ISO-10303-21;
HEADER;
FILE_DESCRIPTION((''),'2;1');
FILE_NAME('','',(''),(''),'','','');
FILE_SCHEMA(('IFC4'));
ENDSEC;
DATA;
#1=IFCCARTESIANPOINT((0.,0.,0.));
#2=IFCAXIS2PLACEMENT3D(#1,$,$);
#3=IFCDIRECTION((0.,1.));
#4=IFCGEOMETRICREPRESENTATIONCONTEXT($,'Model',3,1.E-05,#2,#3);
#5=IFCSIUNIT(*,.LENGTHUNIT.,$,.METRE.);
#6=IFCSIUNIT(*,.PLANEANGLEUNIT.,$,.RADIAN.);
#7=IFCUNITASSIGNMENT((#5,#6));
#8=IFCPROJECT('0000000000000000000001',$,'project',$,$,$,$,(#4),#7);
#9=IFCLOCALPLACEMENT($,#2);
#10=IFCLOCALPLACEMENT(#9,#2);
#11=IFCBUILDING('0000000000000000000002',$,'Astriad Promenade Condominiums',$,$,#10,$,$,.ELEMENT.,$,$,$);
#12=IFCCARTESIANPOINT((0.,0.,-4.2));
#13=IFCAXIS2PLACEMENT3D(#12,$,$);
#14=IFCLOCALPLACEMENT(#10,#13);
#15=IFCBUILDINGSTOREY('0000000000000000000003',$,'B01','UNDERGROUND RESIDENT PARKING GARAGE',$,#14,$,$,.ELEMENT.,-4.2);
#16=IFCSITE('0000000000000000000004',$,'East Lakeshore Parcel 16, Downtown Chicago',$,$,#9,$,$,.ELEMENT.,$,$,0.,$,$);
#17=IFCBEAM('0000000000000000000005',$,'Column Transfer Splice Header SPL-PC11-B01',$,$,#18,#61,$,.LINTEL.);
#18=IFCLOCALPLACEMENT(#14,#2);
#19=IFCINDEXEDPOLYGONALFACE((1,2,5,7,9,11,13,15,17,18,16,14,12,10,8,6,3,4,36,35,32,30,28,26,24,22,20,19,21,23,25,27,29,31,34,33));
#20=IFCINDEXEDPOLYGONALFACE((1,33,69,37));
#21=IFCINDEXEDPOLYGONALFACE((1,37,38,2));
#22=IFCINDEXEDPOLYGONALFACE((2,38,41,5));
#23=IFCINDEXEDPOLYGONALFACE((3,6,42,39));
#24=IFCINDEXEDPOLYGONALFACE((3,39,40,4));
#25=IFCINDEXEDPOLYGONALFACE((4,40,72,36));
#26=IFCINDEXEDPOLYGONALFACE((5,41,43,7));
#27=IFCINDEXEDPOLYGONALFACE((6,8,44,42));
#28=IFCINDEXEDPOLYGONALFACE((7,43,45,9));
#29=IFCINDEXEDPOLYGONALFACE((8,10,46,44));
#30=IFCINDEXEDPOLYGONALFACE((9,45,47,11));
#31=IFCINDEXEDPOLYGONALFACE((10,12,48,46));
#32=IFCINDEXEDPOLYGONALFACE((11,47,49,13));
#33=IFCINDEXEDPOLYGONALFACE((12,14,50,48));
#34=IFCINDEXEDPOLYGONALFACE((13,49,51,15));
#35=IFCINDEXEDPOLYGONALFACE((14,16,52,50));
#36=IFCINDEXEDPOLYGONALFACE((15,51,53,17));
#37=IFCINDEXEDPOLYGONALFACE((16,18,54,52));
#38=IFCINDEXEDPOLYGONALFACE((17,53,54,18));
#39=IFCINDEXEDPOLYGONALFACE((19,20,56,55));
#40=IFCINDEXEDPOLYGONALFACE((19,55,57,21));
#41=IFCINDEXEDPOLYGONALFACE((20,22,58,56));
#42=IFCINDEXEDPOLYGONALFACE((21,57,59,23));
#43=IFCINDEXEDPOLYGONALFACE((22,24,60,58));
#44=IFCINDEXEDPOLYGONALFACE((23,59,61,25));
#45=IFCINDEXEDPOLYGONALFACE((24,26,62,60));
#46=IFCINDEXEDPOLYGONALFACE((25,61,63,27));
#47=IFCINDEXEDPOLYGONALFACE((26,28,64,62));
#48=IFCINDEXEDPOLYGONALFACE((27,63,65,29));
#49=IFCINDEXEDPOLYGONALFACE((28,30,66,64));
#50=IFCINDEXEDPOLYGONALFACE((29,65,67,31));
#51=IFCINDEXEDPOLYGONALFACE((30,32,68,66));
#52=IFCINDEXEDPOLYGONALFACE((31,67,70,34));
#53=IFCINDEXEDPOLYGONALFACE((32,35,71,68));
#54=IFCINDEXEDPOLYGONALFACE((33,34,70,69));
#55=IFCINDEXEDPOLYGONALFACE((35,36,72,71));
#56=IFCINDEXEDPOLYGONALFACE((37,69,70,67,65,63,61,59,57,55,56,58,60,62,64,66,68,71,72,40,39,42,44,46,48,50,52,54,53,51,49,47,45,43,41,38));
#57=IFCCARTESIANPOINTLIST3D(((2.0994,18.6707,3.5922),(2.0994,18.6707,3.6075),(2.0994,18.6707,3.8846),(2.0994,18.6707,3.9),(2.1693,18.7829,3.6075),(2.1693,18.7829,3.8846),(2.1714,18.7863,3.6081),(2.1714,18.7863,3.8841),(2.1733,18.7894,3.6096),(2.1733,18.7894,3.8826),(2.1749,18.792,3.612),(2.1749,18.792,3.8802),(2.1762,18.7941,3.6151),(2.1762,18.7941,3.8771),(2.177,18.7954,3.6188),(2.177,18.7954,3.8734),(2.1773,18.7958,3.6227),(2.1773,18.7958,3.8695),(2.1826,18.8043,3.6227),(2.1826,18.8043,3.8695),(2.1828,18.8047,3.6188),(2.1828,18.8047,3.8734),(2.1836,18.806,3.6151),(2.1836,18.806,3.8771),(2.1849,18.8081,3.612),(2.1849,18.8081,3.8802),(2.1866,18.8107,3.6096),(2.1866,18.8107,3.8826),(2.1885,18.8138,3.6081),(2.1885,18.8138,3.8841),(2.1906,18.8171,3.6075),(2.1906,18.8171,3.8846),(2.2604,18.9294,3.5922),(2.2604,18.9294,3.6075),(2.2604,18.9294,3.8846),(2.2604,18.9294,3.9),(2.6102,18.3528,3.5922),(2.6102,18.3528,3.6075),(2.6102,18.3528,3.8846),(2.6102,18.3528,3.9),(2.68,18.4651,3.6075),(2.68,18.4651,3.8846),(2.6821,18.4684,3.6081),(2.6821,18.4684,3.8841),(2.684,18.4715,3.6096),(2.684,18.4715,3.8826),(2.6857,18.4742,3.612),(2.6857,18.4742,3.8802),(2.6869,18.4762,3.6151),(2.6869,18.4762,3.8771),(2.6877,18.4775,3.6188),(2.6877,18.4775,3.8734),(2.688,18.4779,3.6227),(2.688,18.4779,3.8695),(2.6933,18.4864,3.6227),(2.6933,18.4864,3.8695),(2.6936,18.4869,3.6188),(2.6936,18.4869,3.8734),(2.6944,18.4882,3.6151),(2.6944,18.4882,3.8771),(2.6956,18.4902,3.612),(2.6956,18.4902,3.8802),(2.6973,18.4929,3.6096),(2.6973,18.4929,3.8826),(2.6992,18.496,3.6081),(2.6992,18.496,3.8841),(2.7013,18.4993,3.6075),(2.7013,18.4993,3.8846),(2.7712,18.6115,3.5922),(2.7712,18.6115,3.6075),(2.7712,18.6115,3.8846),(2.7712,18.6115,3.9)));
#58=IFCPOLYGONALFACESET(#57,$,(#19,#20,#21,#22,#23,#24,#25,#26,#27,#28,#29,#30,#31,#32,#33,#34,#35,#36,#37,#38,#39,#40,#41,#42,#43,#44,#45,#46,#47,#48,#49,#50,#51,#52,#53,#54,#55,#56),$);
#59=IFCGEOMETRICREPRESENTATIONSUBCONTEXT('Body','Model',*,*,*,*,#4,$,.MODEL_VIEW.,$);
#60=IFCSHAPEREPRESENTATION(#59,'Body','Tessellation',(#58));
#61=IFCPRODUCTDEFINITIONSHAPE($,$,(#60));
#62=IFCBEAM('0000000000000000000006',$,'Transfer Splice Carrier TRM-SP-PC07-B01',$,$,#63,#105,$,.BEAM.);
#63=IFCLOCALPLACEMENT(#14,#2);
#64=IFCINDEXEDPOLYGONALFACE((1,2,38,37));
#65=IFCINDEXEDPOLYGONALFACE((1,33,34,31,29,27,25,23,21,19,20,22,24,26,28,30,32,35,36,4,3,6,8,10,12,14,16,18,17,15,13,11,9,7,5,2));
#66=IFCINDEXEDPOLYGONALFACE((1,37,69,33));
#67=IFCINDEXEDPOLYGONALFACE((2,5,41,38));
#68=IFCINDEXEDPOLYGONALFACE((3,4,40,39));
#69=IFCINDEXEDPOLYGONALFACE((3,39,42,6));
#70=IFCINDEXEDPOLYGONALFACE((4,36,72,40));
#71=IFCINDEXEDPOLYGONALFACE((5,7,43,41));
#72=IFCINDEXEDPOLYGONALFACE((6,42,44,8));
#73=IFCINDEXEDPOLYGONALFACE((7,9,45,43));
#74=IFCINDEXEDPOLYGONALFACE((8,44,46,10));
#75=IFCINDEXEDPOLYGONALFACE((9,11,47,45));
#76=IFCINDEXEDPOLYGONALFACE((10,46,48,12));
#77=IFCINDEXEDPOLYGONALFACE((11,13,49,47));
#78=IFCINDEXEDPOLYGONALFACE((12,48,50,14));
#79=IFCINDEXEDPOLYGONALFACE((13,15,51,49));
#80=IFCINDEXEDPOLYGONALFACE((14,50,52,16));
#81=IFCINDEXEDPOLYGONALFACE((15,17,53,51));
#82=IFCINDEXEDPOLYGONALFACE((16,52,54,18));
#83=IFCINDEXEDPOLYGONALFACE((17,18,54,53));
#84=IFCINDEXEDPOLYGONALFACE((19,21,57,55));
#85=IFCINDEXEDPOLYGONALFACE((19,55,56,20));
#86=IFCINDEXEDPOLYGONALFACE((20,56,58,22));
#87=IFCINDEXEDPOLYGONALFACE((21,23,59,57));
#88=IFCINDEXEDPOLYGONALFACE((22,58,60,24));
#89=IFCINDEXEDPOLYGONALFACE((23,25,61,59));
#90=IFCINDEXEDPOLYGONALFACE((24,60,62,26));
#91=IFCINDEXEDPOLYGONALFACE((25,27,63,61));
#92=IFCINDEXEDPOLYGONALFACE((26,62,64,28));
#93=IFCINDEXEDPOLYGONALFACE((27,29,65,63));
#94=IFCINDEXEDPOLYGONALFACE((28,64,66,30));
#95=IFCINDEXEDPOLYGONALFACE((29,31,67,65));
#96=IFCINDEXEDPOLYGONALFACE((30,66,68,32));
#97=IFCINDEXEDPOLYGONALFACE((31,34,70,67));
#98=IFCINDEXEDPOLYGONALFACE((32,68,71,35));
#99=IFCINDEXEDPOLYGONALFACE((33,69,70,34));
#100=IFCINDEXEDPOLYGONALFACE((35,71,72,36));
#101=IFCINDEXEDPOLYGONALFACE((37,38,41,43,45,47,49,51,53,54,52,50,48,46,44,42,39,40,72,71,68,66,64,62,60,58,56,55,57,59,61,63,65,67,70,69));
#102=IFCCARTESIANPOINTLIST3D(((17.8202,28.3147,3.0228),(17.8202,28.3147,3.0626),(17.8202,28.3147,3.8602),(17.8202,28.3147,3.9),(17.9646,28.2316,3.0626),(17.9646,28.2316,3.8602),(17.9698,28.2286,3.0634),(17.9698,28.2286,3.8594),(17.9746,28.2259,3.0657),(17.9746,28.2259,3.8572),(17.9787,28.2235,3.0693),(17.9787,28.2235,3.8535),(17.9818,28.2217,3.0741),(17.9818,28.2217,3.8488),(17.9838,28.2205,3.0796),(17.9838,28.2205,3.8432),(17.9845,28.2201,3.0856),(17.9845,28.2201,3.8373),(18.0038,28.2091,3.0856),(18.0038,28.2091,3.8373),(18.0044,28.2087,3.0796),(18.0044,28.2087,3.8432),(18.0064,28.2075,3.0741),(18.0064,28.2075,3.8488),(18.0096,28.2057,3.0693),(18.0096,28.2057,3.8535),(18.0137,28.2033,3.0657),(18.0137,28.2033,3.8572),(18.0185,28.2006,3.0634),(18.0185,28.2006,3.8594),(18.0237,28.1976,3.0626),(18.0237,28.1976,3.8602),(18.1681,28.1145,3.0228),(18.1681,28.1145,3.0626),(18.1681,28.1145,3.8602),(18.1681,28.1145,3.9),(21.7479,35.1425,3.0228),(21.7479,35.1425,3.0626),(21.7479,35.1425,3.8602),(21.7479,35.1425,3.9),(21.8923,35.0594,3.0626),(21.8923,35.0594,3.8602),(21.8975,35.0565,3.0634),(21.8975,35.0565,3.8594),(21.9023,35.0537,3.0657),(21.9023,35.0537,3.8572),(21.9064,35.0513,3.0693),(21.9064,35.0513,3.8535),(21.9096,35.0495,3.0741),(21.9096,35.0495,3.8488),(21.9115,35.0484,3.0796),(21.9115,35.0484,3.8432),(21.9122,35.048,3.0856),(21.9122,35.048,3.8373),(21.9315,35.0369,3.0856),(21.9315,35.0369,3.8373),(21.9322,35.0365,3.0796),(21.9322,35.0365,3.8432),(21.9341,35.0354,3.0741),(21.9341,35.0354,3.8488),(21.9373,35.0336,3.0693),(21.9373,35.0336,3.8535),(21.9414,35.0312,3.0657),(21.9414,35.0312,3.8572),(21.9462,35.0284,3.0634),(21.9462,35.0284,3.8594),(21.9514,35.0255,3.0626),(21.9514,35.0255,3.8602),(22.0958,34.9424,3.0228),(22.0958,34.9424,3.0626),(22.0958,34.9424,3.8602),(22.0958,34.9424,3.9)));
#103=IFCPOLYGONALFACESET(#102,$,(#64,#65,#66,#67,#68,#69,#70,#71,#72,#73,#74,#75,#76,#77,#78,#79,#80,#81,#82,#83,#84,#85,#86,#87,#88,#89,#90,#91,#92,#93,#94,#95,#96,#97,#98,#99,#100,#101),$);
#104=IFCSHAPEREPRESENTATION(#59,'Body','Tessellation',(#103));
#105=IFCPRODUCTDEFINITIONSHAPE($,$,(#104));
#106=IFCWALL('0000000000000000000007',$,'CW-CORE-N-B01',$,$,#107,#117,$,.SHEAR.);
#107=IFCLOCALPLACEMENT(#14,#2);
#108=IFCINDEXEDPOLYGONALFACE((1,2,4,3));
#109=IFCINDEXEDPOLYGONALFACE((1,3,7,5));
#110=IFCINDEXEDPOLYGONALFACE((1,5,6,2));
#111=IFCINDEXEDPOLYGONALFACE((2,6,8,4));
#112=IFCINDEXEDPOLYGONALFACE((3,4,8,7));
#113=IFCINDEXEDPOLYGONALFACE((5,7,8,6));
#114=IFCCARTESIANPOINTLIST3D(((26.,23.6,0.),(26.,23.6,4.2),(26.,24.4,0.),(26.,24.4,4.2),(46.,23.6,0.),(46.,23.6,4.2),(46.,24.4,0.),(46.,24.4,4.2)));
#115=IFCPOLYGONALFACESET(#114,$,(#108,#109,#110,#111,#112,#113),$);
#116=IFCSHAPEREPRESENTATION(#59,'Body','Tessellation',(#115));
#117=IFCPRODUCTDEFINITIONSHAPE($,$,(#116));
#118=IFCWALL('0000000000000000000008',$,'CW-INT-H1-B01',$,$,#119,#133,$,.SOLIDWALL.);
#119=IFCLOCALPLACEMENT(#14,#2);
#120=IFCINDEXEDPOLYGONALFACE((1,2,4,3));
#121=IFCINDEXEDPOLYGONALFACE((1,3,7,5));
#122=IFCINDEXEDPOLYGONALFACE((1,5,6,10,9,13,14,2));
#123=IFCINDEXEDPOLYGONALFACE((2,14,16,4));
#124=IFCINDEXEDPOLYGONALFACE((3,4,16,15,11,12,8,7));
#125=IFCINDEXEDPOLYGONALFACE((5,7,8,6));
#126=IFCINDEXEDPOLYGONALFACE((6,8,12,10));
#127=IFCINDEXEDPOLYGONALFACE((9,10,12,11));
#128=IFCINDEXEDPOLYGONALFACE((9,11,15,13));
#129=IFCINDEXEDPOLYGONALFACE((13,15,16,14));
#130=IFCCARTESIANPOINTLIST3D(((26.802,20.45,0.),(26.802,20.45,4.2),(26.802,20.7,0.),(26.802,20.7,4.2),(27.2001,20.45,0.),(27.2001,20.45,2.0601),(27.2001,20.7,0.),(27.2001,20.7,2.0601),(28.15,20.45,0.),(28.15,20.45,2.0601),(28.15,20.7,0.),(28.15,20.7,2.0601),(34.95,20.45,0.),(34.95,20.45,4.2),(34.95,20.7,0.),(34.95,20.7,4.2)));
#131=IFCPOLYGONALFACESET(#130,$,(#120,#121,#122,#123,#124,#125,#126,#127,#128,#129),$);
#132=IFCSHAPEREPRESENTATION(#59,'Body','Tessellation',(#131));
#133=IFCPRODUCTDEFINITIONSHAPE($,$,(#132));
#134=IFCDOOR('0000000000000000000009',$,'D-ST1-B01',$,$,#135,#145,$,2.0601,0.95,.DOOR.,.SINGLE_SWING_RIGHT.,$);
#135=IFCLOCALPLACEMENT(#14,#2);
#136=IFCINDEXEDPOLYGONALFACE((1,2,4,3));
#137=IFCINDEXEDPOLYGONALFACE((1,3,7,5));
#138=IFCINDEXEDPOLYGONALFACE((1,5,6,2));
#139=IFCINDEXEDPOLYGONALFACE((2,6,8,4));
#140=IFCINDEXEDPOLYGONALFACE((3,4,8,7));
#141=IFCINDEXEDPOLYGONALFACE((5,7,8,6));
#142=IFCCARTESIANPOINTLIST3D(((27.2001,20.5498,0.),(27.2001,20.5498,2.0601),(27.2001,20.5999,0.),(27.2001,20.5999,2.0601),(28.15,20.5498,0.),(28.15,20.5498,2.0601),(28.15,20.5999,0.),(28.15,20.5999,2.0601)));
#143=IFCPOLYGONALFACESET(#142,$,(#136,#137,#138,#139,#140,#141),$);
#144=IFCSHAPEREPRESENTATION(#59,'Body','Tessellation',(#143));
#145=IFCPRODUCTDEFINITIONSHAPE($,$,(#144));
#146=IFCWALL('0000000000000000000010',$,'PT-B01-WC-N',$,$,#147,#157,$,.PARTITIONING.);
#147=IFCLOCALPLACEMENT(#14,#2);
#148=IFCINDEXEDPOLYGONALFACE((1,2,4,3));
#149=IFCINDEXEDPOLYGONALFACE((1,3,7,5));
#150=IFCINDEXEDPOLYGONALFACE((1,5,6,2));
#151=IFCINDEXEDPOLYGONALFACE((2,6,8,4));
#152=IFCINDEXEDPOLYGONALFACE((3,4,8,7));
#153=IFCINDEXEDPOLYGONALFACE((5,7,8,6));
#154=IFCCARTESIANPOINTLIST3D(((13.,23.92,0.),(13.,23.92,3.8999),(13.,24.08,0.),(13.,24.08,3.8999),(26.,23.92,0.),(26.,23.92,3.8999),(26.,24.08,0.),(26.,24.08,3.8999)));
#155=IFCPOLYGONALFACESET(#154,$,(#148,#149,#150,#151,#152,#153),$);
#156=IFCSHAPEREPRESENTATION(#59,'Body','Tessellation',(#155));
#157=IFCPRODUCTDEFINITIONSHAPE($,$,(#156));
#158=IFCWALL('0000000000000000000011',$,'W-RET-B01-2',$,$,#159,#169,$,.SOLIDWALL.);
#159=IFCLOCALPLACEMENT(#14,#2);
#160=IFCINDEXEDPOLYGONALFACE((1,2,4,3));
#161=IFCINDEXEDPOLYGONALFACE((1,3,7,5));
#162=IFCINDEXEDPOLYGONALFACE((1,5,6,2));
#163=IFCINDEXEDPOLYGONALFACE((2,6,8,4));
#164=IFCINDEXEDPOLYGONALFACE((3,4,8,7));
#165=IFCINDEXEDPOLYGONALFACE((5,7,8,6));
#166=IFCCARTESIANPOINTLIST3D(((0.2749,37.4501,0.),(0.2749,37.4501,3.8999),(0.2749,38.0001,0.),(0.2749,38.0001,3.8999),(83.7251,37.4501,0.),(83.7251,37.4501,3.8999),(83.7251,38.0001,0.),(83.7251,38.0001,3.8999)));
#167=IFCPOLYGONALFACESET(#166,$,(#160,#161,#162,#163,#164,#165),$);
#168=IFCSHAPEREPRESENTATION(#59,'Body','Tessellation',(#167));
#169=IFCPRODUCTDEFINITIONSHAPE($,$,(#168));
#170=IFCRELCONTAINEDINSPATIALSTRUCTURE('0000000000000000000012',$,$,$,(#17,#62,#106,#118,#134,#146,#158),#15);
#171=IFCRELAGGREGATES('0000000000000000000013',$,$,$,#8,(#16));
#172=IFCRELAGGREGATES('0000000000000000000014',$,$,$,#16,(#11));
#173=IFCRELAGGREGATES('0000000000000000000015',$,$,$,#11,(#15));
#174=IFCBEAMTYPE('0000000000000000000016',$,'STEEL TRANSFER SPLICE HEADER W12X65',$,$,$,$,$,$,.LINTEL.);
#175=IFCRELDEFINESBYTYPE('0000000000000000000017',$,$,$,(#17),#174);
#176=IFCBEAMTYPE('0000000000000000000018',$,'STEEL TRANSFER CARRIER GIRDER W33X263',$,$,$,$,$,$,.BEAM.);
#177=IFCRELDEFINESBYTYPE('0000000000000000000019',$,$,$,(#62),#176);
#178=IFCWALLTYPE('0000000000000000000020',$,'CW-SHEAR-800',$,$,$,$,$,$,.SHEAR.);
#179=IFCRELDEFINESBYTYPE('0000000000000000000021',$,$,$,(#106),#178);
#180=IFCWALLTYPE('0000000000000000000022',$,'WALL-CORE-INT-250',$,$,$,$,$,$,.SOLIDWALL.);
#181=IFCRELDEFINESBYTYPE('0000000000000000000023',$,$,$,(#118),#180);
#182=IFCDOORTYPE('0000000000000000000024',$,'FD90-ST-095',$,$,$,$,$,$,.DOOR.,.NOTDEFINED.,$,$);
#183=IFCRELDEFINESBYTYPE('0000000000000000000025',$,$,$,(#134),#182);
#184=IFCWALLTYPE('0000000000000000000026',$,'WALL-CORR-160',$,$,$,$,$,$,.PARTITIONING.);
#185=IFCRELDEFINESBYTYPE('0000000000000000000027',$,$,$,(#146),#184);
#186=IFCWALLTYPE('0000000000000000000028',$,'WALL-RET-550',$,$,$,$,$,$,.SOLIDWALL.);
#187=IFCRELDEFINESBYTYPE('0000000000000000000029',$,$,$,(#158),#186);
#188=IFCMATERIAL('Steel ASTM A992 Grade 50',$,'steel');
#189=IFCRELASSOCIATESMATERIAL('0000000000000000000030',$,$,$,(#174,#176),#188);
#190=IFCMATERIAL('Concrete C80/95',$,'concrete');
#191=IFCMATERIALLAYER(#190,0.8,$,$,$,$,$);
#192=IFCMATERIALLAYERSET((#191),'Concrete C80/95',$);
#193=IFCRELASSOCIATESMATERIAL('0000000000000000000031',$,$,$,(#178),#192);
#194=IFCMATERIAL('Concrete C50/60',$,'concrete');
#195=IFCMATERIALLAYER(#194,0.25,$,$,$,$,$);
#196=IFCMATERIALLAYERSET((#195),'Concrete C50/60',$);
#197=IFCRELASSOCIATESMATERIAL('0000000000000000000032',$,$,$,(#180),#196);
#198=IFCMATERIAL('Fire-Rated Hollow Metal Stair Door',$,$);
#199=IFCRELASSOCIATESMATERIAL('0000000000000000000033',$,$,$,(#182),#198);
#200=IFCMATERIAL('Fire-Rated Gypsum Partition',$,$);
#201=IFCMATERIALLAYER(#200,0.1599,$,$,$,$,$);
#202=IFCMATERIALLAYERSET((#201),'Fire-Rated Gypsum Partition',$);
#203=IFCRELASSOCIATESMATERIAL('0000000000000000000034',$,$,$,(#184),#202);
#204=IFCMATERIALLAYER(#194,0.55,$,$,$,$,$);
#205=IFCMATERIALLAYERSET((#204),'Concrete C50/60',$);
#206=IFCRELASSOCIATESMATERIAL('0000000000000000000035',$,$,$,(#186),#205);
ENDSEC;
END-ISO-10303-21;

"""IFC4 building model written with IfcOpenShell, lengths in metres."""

from ifc_helpers import new_model, si_unit, direction, frame, frame_2d, origin, origin_2d, place, context, subcontext, project, spatial, rectangle, i_section, extrude, source, transform, mapped, material, layer, layer_set, material_profile, profile_set, type_object, type_shapes, element, fill, save


model = new_model("IFC4")

# Units and contexts
model_context = context("Model", 3, precision=1e-05, world=origin(), true_north=direction((0.0, 1.0)))
body_context = subcontext(model_context, "Body", "Model", "MODEL_VIEW")
ifc_project = project(units=[si_unit("LENGTHUNIT", "METRE"), si_unit("PLANEANGLEUNIT", "RADIAN")], contexts=[model_context])

# Site, building, storey
site_placement = place(None, origin())
site = spatial("IfcSite", under=ifc_project, at=site_placement, Name="East Lakeshore Parcel 16, Downtown Chicago", CompositionType="ELEMENT", RefElevation=0.0)
building_placement = place(site_placement, origin())
building = spatial("IfcBuilding", under=site, at=building_placement, Name="Astriad Promenade Condominiums", CompositionType="ELEMENT")
storey_placement = place(building_placement, frame((0.0, 0.0, -4.2)))
storey = spatial("IfcBuildingStorey", under=building, at=storey_placement, Name="B01", Description="UNDERGROUND RESIDENT PARKING GARAGE", CompositionType="ELEMENT", Elevation=-4.2)

# Shared definitions
ifc_material_1 = material(Name="Steel ASTM A992 Grade 50", Category="steel")
ifc_material_2 = material(Name="Concrete C80/95", Category="concrete")

# Beams
ifc_material_3 = material(Name="Concrete C50/60", Category="concrete")
ifc_material_profile_1 = material_profile(ifc_material_1, i_section(OverallWidth=0.3047, OverallDepth=0.3079, WebThickness=0.01, FlangeThickness=0.0154, FilletRadius=0.0151, at=origin_2d()), Name="W12X65")
ifc_profile_set_1 = profile_set([ifc_material_profile_1], Name="Steel ASTM A992 Grade 50")
beam_type_1 = type_object("IfcBeamType", Name="STEEL TRANSFER SPLICE HEADER W12X65", PredefinedType="LINTEL", material=ifc_profile_set_1)
shared_shape_1 = source(origin(), body_context, "Body", "SweptSolid", [
    extrude(i_section(OverallWidth=0.3047, OverallDepth=0.3079, WebThickness=0.01, FlangeThickness=0.0154, FilletRadius=0.0151, at=origin_2d()), origin(), (0.0, 0.0, 1.0), 0.6016),
])
type_shapes(beam_type_1, [shared_shape_1])
for number, where, z_axis, x_axis, name in (
    (1, (2.1799, 18.8, 3.7461), (0.849, -0.528393, 0.0), (0.528393, 0.849, 0.0), "Column Transfer Splice Header SPL-PC11-B01"),
):
    element("IfcBeam", number, at=place(storey_placement, frame(where, z_axis=z_axis, x_axis=x_axis)), inside=storey, type_object=beam_type_1, Name=name, PredefinedType="LINTEL", context=body_context, shape_type="MappedRepresentation", body=[
        mapped(shared_shape_1, transform((0.0, 0.0, 0.0), scale=1.0)),
    ])
ifc_material_profile_2 = material_profile(ifc_material_1, i_section(OverallWidth=0.4014, OverallDepth=0.8772, WebThickness=0.0222, FlangeThickness=0.0398, FilletRadius=0.0229, at=origin_2d()), Name="W33X263")
ifc_profile_set_2 = profile_set([ifc_material_profile_2], Name="Steel ASTM A992 Grade 50")
beam_type_2 = type_object("IfcBeamType", Name="STEEL TRANSFER CARRIER GIRDER W33X263", PredefinedType="BEAM", material=ifc_profile_set_2)
shared_shape_2 = source(origin(), body_context, "Body", "SweptSolid", [
    extrude(i_section(OverallWidth=0.4014, OverallDepth=0.8772, WebThickness=0.0222, FlangeThickness=0.0398, FilletRadius=0.0229, at=origin_2d()), origin(), (0.0, 0.0, 1.0), 7.877),
])
type_shapes(beam_type_2, [shared_shape_2])
beam_1_placement = place(storey_placement, frame((17.9941, 28.2146, 3.4614), z_axis=(0.498634, 0.866813, 0.0), x_axis=(-0.866813, 0.498634, 0.0)))
element("IfcBeam", 2, at=beam_1_placement, inside=storey, type_object=beam_type_2, Name="Transfer Splice Carrier TRM-SP-PC07-B01", PredefinedType="BEAM", context=body_context, shape_type="MappedRepresentation", body=[
    mapped(shared_shape_2, transform((0.0, 0.0, 0.0), scale=1.0)),
])

# Wall
ifc_layer_1 = layer(ifc_material_2, 0.8)
ifc_layer_set_1 = layer_set([ifc_layer_1], Name="Concrete C80/95")
wall_type_1 = type_object("IfcWallType", Name="CW-SHEAR-800", PredefinedType="SHEAR", material=ifc_layer_set_1)
wall_1_placement = place(storey_placement, frame((26.0, 24.0, 0.0), z_axis=(0.0, 0.0, 1.0), x_axis=(1.0, 0.0, 0.0)))
element("IfcWall", 3, at=wall_1_placement, inside=storey, type_object=wall_type_1, Name="CW-CORE-N-B01", PredefinedType="SHEAR", context=body_context, shape_type="SweptSolid", body=[
    extrude(rectangle(XDim=20.0, YDim=0.8, at=frame_2d((10.0, 0.0))), origin(), (0.0, 0.0, 1.0), 4.2),
])

# Wall, opening, door
ifc_layer_2 = layer(ifc_material_3, 0.25)
ifc_layer_set_2 = layer_set([ifc_layer_2], Name="Concrete C50/60")
wall_type_2 = type_object("IfcWallType", Name="WALL-CORE-INT-250", PredefinedType="SOLIDWALL", material=ifc_layer_set_2)
wall_2_placement = place(storey_placement, frame((26.802, 20.575, 0.0), z_axis=(0.0, 0.0, 1.0), x_axis=(1.0, 0.0, 0.0)))
wall_2 = element("IfcWall", 4, at=wall_2_placement, inside=storey, type_object=wall_type_2, Name="CW-INT-H1-B01", PredefinedType="SOLIDWALL", context=body_context, shape_type="SweptSolid", body=[
    extrude(rectangle(XDim=8.1479, YDim=0.25, at=frame_2d((4.074, 0.0))), origin(), (0.0, 0.0, 1.0), 4.2),
])
opening_placement = place(wall_2_placement, frame((0.3979, 0.0, 0.0)))
opening = element("IfcOpeningElement", 5, at=opening_placement, cuts=wall_2, PredefinedType="OPENING", context=body_context, shape_type="SweptSolid", body=[
    extrude(rectangle(XDim=0.95, YDim=2.0601, at=frame_2d((0.4751, 1.03))), frame((0.0, 0.135, 0.0), z_axis=(0.0, -1.0, 0.0), x_axis=(1.0, 0.0, 0.0)), (0.0, 0.0, 1.0), 0.27),
])
ifc_material_4 = material(Name="Fire-Rated Hollow Metal Stair Door")
door_type = type_object("IfcDoorType", Name="FD90-ST-095", OperationType="NOTDEFINED", PredefinedType="DOOR", material=ifc_material_4)
shared_shape_3 = source(origin(), body_context, "Body", "SweptSolid", [
    extrude(rectangle(XDim=0.95, YDim=2.0601, at=frame_2d((0.4751, 1.03))), frame((0.0, 0.0249, 0.0), z_axis=(0.0, -1.0, 0.0), x_axis=(1.0, 0.0, 0.0)), (0.0, 0.0, 1.0), 0.05),
])
type_shapes(door_type, [shared_shape_3])
door_placement = place(opening_placement, origin())
door = element("IfcDoor", 6, at=door_placement, inside=storey, type_object=door_type, Name="D-ST1-B01", OperationType="SINGLE_SWING_RIGHT", OverallHeight=2.0601, OverallWidth=0.95, PredefinedType="DOOR", context=body_context, shape_type="MappedRepresentation", body=[
    mapped(shared_shape_3, transform((0.0, 0.0, 0.0), scale=1.0)),
])
fill(opening, door)

# Walls
ifc_material_5 = material(Name="Fire-Rated Gypsum Partition")
ifc_layer_3 = layer(ifc_material_5, 0.1599)
ifc_layer_set_3 = layer_set([ifc_layer_3], Name="Fire-Rated Gypsum Partition")
wall_type_3 = type_object("IfcWallType", Name="WALL-CORR-160", PredefinedType="PARTITIONING", material=ifc_layer_set_3)
wall_3_placement = place(storey_placement, frame((13.0, 24.0, 0.0), z_axis=(0.0, 0.0, 1.0), x_axis=(1.0, 0.0, 0.0)))
element("IfcWall", 7, at=wall_3_placement, inside=storey, type_object=wall_type_3, Name="PT-B01-WC-N", PredefinedType="PARTITIONING", context=body_context, shape_type="SweptSolid", body=[
    extrude(rectangle(XDim=13.0, YDim=0.1599, at=frame_2d((6.5, 0.0))), origin(), (0.0, 0.0, 1.0), 3.8999),
])
ifc_layer_4 = layer(ifc_material_3, 0.55)
ifc_layer_set_4 = layer_set([ifc_layer_4], Name="Concrete C50/60")
wall_type_4 = type_object("IfcWallType", Name="WALL-RET-550", PredefinedType="SOLIDWALL", material=ifc_layer_set_4)
wall_4_placement = place(storey_placement, frame((0.2749, 37.7251, 0.0), z_axis=(0.0, 0.0, 1.0), x_axis=(1.0, 0.0, 0.0)))
element("IfcWall", 8, at=wall_4_placement, inside=storey, type_object=wall_type_4, Name="W-RET-B01-2", PredefinedType="SOLIDWALL", context=body_context, shape_type="SweptSolid", body=[
    extrude(rectangle(XDim=83.4502, YDim=0.55, at=frame_2d((41.7251, 0.0))), origin(), (0.0, 0.0, 1.0), 3.8999),
])

save(model, "model.ifc")
